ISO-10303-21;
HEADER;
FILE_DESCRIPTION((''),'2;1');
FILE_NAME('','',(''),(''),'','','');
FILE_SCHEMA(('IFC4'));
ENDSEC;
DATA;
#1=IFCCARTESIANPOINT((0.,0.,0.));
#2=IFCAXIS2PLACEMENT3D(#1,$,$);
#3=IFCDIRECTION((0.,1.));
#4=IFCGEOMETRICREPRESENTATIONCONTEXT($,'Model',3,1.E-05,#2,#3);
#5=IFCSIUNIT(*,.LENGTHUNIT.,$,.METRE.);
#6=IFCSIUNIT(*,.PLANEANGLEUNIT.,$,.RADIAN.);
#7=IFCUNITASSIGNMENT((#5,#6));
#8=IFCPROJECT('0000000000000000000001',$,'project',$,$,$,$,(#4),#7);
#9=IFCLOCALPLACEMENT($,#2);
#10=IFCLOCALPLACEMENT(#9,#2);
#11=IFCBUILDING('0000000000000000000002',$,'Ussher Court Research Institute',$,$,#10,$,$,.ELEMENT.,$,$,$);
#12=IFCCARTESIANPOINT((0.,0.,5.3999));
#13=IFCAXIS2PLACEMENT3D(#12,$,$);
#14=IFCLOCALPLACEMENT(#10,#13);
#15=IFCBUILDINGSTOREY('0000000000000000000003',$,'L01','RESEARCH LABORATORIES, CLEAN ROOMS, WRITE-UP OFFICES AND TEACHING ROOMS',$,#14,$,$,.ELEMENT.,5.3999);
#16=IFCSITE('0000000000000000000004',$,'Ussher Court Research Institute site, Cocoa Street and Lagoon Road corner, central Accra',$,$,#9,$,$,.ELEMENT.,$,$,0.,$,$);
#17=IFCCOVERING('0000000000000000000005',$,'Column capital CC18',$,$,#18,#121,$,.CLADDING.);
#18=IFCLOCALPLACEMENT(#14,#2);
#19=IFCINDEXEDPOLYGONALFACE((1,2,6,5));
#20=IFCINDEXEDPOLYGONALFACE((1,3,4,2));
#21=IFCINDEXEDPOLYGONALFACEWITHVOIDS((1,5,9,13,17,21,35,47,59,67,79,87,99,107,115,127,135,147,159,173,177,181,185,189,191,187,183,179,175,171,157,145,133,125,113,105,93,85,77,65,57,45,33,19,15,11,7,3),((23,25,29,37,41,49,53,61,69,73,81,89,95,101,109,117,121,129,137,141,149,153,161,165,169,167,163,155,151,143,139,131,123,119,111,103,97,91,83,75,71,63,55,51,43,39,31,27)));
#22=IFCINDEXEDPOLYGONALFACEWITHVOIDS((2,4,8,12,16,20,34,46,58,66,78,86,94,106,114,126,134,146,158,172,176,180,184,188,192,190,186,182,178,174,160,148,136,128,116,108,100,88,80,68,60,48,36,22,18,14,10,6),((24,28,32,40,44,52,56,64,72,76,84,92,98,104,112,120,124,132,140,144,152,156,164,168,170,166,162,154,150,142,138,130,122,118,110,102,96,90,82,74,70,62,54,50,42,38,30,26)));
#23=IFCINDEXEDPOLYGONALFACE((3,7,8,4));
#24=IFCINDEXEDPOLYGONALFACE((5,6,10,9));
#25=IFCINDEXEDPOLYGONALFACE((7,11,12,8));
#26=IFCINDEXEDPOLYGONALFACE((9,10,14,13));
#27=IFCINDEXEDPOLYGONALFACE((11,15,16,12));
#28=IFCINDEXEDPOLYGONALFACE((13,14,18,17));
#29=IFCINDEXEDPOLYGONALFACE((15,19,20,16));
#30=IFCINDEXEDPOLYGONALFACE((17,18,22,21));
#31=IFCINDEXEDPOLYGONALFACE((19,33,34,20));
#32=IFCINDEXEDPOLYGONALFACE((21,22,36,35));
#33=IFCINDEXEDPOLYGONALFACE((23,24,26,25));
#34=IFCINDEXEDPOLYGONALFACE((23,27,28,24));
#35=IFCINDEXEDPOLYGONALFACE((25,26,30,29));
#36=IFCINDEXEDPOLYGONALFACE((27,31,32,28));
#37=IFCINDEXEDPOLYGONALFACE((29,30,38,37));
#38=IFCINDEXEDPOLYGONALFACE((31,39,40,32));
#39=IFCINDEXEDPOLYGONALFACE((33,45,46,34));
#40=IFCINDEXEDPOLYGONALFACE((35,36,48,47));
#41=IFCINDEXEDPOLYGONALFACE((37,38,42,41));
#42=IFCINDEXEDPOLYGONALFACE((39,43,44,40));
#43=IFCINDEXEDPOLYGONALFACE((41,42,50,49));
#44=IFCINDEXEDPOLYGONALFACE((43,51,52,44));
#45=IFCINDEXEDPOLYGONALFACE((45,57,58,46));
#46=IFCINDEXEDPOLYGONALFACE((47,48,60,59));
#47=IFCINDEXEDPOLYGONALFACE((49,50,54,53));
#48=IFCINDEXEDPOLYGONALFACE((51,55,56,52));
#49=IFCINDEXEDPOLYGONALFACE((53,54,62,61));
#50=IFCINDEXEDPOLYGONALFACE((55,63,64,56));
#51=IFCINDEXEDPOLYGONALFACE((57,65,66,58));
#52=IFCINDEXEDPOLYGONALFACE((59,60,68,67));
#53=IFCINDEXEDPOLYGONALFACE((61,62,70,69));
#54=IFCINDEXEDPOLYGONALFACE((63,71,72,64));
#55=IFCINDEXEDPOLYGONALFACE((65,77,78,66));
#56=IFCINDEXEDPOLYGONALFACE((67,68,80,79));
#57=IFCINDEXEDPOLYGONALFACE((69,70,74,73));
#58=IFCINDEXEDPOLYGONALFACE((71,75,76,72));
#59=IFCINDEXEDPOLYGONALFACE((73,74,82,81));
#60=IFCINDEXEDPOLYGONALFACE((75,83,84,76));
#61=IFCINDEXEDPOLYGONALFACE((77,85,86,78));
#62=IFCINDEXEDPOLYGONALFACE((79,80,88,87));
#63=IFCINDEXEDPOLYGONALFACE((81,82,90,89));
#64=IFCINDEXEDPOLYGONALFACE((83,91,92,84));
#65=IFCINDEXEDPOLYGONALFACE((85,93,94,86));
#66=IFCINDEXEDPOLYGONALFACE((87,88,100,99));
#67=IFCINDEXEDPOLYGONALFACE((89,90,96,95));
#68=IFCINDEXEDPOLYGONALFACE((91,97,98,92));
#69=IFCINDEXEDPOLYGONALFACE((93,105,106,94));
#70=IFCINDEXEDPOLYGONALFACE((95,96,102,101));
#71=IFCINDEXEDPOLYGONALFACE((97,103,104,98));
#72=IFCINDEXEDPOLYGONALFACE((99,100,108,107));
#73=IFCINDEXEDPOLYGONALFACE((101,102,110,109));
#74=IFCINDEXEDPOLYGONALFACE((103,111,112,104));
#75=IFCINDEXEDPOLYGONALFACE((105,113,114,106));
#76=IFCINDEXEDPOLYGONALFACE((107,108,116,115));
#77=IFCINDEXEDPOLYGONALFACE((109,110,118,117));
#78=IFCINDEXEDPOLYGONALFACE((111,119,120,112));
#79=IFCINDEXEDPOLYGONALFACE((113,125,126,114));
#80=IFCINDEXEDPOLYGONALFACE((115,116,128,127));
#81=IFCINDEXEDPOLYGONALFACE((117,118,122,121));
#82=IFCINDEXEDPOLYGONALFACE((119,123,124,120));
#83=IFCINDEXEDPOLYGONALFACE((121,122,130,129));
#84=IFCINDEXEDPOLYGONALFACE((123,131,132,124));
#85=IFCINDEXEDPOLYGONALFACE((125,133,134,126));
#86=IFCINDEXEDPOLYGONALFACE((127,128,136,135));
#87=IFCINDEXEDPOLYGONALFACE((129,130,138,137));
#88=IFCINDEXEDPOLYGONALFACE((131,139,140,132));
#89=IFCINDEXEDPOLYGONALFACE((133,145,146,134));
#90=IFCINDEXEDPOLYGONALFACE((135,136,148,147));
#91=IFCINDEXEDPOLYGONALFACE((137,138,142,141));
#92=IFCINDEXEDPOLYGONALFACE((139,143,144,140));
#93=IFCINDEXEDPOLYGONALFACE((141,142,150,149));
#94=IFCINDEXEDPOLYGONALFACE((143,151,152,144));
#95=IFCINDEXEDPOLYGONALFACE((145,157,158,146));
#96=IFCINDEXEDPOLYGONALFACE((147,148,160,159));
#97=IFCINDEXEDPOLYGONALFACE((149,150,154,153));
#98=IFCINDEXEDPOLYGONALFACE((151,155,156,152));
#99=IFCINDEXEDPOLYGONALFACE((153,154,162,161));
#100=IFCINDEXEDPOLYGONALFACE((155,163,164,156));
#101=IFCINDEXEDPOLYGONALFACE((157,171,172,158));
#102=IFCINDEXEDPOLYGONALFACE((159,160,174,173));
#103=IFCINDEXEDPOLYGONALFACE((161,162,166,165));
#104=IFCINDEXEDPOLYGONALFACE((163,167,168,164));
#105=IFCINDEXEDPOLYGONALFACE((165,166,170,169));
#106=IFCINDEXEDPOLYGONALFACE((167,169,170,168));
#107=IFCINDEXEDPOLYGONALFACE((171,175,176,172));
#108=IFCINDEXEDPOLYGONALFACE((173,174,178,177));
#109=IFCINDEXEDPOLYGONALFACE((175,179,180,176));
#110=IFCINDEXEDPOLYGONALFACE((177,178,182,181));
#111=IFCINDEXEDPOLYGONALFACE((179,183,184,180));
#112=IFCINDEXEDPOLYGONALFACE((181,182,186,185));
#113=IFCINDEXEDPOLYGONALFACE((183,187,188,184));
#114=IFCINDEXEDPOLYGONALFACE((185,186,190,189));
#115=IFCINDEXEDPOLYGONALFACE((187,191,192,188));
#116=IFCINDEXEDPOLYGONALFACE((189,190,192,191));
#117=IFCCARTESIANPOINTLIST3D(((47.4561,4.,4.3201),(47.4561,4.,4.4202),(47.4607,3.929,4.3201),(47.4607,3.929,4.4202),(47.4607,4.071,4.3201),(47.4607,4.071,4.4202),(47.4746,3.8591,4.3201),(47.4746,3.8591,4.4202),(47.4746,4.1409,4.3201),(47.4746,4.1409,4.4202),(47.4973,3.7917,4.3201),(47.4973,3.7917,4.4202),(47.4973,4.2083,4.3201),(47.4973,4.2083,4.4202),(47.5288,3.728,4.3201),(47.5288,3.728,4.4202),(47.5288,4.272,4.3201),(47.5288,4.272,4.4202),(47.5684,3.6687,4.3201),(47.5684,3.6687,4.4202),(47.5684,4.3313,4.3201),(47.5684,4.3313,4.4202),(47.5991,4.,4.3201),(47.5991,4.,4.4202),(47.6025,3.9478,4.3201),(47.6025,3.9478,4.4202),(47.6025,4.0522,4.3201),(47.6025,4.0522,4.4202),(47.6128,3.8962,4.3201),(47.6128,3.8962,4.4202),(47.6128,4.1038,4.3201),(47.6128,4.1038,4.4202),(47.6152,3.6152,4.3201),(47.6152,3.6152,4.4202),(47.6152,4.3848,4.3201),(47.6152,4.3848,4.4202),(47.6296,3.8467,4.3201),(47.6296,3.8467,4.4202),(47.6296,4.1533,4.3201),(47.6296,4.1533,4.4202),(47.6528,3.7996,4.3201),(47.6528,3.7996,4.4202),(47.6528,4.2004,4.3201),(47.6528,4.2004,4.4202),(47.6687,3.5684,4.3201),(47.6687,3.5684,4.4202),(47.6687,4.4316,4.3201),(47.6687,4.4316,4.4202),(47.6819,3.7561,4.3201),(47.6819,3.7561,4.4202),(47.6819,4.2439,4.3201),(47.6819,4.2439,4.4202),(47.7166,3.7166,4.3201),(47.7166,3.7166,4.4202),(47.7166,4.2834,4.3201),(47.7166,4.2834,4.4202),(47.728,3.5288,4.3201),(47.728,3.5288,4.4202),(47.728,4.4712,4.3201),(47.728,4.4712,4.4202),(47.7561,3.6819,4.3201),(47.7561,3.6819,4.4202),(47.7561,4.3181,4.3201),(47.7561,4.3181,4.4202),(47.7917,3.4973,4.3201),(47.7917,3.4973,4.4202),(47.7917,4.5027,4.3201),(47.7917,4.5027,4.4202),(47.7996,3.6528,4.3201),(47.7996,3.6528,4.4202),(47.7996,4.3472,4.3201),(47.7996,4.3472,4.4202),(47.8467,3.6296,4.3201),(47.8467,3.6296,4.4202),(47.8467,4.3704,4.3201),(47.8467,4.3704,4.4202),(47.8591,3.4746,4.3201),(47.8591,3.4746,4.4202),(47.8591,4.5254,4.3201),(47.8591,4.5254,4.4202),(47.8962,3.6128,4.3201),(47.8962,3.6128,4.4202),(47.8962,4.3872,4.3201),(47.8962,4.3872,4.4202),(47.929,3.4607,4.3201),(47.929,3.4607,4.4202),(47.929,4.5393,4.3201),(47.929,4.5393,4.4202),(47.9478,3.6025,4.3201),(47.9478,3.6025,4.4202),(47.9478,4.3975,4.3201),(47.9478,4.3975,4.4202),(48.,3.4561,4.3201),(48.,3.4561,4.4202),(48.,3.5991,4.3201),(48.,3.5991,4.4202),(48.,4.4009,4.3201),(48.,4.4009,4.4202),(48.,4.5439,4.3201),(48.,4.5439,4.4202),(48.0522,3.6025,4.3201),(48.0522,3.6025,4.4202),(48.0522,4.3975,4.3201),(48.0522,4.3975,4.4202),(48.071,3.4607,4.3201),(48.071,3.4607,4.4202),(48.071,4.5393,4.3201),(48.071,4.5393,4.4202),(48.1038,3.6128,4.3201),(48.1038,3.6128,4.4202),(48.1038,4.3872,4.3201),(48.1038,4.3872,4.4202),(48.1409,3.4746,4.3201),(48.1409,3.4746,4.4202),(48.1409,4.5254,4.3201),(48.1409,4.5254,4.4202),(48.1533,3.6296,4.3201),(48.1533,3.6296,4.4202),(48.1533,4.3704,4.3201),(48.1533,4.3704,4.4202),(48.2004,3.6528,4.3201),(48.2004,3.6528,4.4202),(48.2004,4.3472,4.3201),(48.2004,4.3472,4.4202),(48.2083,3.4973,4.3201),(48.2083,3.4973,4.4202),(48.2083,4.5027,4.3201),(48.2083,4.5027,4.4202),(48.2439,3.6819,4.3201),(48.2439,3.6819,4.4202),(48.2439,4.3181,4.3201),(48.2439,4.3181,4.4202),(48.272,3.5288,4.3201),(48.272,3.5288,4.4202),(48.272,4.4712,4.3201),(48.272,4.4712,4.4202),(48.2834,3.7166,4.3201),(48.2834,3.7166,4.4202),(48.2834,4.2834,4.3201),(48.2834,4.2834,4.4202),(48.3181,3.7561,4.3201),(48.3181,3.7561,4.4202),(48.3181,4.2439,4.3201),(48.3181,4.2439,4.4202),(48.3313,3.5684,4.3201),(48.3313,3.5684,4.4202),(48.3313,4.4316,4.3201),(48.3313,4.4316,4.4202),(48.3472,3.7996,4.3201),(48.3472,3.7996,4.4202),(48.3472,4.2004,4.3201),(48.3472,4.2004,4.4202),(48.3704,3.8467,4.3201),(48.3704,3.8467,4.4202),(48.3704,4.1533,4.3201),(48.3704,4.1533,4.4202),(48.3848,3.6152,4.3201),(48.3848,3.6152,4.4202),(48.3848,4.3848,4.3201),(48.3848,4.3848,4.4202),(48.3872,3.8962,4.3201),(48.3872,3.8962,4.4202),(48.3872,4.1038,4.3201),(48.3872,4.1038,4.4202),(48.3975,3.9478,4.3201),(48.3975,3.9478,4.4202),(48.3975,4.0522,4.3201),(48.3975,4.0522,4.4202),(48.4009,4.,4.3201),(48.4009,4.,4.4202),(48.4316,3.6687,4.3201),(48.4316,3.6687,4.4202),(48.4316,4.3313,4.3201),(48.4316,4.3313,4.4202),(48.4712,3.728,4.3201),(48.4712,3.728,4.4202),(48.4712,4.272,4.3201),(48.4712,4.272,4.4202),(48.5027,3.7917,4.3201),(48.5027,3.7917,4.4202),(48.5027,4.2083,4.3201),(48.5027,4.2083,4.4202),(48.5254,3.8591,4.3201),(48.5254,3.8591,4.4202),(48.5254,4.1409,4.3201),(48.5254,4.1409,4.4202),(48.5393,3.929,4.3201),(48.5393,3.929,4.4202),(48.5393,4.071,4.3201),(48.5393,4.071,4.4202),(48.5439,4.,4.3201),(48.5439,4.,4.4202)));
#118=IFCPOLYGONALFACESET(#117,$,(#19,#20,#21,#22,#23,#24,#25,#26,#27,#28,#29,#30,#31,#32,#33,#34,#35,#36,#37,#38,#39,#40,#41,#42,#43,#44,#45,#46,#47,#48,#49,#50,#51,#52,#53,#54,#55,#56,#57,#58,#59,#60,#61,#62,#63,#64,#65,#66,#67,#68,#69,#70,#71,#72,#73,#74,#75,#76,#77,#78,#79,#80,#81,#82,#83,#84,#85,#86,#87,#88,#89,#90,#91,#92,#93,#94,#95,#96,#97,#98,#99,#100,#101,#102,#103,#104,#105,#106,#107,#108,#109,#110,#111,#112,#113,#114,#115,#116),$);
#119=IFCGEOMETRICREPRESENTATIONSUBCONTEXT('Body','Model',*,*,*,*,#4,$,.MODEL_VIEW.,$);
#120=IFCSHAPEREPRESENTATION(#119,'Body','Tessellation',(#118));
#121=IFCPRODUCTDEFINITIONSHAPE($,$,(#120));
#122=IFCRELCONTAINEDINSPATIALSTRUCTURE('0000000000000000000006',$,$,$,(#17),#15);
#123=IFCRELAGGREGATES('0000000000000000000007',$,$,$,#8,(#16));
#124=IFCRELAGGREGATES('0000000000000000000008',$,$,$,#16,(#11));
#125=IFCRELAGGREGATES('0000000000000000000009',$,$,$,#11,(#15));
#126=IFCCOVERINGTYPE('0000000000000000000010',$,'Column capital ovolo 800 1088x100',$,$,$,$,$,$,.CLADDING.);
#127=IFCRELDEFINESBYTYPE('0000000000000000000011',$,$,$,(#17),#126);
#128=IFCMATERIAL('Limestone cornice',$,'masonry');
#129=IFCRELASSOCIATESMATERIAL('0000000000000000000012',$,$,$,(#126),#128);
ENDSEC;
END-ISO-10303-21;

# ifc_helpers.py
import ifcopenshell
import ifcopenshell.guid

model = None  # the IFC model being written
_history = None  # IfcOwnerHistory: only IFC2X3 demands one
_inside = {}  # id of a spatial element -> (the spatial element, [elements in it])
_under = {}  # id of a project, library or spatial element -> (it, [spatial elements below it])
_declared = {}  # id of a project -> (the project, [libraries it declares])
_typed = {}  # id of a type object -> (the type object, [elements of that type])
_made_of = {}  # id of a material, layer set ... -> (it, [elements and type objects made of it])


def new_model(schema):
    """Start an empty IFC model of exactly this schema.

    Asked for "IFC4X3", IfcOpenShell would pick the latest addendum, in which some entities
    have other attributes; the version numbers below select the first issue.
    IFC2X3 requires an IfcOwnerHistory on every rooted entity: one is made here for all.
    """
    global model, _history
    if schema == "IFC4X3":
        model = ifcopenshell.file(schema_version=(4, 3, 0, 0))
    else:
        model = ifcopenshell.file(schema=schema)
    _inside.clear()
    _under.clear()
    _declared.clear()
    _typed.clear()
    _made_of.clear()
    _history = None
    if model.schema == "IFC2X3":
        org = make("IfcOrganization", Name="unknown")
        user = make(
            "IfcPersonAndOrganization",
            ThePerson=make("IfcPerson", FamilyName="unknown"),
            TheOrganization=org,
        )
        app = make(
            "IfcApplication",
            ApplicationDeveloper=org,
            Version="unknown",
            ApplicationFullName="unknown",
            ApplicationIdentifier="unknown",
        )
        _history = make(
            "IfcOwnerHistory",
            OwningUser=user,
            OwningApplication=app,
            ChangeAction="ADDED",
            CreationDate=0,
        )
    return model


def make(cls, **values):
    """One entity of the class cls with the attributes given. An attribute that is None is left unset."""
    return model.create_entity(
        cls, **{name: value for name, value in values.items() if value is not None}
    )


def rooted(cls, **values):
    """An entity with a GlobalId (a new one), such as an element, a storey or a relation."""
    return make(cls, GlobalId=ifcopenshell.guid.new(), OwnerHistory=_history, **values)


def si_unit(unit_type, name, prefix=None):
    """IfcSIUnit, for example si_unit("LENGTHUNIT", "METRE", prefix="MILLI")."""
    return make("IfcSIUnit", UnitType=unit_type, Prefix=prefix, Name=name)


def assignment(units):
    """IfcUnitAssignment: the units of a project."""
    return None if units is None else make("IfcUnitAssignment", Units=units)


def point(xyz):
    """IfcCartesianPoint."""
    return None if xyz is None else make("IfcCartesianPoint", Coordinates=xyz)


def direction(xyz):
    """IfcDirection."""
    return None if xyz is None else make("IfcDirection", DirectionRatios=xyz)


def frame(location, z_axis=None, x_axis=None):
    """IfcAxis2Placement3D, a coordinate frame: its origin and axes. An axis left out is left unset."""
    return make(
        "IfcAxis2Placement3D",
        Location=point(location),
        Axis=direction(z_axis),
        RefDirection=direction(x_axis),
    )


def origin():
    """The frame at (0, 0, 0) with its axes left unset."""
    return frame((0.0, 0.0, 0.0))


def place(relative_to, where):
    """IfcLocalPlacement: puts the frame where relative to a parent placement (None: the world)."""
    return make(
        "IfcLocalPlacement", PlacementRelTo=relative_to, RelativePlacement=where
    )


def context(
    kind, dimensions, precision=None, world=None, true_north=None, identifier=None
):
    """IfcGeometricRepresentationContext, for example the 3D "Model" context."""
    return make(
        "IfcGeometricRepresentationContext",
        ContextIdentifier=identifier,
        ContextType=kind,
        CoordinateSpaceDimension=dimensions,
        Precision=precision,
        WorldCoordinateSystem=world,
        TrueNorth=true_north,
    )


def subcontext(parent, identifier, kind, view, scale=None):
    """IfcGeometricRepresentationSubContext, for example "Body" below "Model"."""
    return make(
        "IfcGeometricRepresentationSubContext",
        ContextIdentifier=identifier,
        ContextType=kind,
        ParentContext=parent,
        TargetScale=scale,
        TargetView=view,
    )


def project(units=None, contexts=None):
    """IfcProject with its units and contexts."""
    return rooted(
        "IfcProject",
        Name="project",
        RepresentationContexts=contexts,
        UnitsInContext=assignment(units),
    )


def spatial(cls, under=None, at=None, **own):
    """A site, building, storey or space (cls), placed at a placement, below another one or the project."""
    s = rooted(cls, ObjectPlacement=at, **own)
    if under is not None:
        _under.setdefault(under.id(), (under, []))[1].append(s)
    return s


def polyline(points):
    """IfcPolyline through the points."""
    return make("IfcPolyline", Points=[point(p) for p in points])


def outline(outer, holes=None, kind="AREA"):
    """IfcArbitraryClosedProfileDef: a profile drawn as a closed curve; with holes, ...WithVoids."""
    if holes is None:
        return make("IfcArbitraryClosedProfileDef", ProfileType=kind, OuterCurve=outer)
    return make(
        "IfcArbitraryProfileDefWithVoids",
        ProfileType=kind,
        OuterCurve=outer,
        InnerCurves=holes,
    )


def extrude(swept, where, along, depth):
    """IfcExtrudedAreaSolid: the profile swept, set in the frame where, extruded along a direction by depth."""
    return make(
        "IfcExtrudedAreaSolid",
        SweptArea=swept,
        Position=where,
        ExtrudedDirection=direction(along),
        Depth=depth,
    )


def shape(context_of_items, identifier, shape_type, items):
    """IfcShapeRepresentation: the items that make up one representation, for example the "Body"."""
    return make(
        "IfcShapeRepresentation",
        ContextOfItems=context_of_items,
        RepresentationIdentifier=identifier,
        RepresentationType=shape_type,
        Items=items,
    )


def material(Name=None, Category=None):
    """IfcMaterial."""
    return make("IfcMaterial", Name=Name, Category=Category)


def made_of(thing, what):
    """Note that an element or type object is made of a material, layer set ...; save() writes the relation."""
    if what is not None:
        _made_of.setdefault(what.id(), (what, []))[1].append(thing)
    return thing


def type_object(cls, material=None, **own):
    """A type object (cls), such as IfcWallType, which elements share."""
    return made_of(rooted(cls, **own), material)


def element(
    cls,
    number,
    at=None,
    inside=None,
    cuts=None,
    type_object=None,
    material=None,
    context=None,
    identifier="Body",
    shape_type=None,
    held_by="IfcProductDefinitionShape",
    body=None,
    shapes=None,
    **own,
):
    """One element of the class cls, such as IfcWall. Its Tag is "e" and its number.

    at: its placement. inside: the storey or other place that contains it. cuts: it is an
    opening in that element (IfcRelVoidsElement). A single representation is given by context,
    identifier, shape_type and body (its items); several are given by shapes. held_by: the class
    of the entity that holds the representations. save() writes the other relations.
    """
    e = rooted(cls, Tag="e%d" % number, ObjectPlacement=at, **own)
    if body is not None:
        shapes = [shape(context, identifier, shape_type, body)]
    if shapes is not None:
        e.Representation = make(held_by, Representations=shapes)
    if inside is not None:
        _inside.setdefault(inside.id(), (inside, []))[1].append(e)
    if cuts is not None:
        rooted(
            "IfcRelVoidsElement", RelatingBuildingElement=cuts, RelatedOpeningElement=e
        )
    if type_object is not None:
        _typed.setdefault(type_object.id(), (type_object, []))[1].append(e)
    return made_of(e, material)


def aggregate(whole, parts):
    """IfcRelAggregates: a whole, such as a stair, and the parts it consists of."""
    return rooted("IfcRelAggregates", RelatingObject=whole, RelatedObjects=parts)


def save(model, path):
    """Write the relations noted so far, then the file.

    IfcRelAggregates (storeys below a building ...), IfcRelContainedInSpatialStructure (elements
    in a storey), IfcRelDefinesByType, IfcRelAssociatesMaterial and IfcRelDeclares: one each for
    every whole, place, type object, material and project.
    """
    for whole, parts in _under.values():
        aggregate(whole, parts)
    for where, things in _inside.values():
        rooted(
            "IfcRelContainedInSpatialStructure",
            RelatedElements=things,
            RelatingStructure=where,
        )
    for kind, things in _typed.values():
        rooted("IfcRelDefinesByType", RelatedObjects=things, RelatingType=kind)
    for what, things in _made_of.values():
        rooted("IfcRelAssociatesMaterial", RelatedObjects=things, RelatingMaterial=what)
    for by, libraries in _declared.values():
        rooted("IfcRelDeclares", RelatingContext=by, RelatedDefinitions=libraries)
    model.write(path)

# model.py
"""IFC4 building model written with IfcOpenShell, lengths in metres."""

from ifc_helpers import new_model, si_unit, direction, frame, origin, place, context, subcontext, project, spatial, polyline, outline, extrude, material, type_object, element, save


model = new_model("IFC4")

# Units and contexts
model_context = context("Model", 3, precision=1e-05, world=origin(), true_north=direction((0.0, 1.0)))
body_context = subcontext(model_context, "Body", "Model", "MODEL_VIEW")
ifc_project = project(units=[si_unit("LENGTHUNIT", "METRE"), si_unit("PLANEANGLEUNIT", "RADIAN")], contexts=[model_context])

# Site, building, storey
site_placement = place(None, origin())
site = spatial("IfcSite", under=ifc_project, at=site_placement, Name="Ussher Court Research Institute site, Cocoa Street and Lagoon Road corner, central Accra", CompositionType="ELEMENT", RefElevation=0.0)
building_placement = place(site_placement, origin())
building = spatial("IfcBuilding", under=site, at=building_placement, Name="Ussher Court Research Institute", CompositionType="ELEMENT")
storey_placement = place(building_placement, frame((0.0, 0.0, 5.3999)))
storey = spatial("IfcBuildingStorey", under=building, at=storey_placement, Name="L01", Description="RESEARCH LABORATORIES, CLEAN ROOMS, WRITE-UP OFFICES AND TEACHING ROOMS", CompositionType="ELEMENT", Elevation=5.3999)

# Covering
ifc_material_1 = material(Name="Limestone cornice", Category="masonry")
covering_type_1 = type_object("IfcCoveringType", Name="Column capital ovolo 800 1088x100", PredefinedType="CLADDING", material=ifc_material_1)
covering_1_placement = place(storey_placement, frame((0.0, 0.0, 4.3201)))
element("IfcCovering", 1, at=covering_1_placement, inside=storey, type_object=covering_type_1, Name="Column capital CC18", PredefinedType="CLADDING", context=body_context, shape_type="SweptSolid", body=[
    extrude(outline(polyline([(48.5439, 4.0), (48.5393, 4.071), (48.5254, 4.1409), (48.5027, 4.2083), (48.4712, 4.272), (48.4316, 4.3313), (48.3848, 4.3848), (48.3313, 4.4316), (48.272, 4.4712), (48.2083, 4.5027), (48.1409, 4.5254), (48.071, 4.5393), (48.0, 4.5439), (47.929, 4.5393), (47.8591, 4.5254), (47.7917, 4.5027), (47.728, 4.4712), (47.6687, 4.4316), (47.6152, 4.3848), (47.5684, 4.3313), (47.5288, 4.272), (47.4973, 4.2083), (47.4746, 4.1409), (47.4607, 4.071), (47.4561, 4.0), (47.4607, 3.929), (47.4746, 3.8591), (47.4973, 3.7917), (47.5288, 3.728), (47.5684, 3.6687), (47.6152, 3.6152), (47.6687, 3.5684), (47.728, 3.5288), (47.7917, 3.4973), (47.8591, 3.4746), (47.929, 3.4607), (48.0, 3.4561), (48.071, 3.4607), (48.1409, 3.4746), (48.2083, 3.4973), (48.272, 3.5288), (48.3313, 3.5684), (48.3848, 3.6152), (48.4316, 3.6687), (48.4712, 3.728), (48.5027, 3.7917), (48.5254, 3.8591), (48.5393, 3.929), (48.5439, 4.0)]), holes=[polyline([(48.4009, 4.0), (48.3975, 4.0522), (48.3872, 4.1038), (48.3704, 4.1533), (48.3472, 4.2004), (48.3181, 4.2439), (48.2834, 4.2834), (48.2439, 4.3181), (48.2004, 4.3472), (48.1533, 4.3704), (48.1038, 4.3872), (48.0522, 4.3975), (48.0, 4.4009), (47.9478, 4.3975), (47.8962, 4.3872), (47.8467, 4.3704), (47.7996, 4.3472), (47.7561, 4.3181), (47.7166, 4.2834), (47.6819, 4.2439), (47.6528, 4.2004), (47.6296, 4.1533), (47.6128, 4.1038), (47.6025, 4.0522), (47.5991, 4.0), (47.6025, 3.9478), (47.6128, 3.8962), (47.6296, 3.8467), (47.6528, 3.7996), (47.6819, 3.7561), (47.7166, 3.7166), (47.7561, 3.6819), (47.7996, 3.6528), (47.8467, 3.6296), (47.8962, 3.6128), (47.9478, 3.6025), (48.0, 3.5991), (48.0522, 3.6025), (48.1038, 3.6128), (48.1533, 3.6296), (48.2004, 3.6528), (48.2439, 3.6819), (48.2834, 3.7166), (48.3181, 3.7561), (48.3472, 3.7996), (48.3704, 3.8467), (48.3872, 3.8962), (48.3975, 3.9478), (48.4009, 4.0)])]), origin(), (0.0, 0.0, 1.0), 0.1001),
])

save(model, "model.ifc")
